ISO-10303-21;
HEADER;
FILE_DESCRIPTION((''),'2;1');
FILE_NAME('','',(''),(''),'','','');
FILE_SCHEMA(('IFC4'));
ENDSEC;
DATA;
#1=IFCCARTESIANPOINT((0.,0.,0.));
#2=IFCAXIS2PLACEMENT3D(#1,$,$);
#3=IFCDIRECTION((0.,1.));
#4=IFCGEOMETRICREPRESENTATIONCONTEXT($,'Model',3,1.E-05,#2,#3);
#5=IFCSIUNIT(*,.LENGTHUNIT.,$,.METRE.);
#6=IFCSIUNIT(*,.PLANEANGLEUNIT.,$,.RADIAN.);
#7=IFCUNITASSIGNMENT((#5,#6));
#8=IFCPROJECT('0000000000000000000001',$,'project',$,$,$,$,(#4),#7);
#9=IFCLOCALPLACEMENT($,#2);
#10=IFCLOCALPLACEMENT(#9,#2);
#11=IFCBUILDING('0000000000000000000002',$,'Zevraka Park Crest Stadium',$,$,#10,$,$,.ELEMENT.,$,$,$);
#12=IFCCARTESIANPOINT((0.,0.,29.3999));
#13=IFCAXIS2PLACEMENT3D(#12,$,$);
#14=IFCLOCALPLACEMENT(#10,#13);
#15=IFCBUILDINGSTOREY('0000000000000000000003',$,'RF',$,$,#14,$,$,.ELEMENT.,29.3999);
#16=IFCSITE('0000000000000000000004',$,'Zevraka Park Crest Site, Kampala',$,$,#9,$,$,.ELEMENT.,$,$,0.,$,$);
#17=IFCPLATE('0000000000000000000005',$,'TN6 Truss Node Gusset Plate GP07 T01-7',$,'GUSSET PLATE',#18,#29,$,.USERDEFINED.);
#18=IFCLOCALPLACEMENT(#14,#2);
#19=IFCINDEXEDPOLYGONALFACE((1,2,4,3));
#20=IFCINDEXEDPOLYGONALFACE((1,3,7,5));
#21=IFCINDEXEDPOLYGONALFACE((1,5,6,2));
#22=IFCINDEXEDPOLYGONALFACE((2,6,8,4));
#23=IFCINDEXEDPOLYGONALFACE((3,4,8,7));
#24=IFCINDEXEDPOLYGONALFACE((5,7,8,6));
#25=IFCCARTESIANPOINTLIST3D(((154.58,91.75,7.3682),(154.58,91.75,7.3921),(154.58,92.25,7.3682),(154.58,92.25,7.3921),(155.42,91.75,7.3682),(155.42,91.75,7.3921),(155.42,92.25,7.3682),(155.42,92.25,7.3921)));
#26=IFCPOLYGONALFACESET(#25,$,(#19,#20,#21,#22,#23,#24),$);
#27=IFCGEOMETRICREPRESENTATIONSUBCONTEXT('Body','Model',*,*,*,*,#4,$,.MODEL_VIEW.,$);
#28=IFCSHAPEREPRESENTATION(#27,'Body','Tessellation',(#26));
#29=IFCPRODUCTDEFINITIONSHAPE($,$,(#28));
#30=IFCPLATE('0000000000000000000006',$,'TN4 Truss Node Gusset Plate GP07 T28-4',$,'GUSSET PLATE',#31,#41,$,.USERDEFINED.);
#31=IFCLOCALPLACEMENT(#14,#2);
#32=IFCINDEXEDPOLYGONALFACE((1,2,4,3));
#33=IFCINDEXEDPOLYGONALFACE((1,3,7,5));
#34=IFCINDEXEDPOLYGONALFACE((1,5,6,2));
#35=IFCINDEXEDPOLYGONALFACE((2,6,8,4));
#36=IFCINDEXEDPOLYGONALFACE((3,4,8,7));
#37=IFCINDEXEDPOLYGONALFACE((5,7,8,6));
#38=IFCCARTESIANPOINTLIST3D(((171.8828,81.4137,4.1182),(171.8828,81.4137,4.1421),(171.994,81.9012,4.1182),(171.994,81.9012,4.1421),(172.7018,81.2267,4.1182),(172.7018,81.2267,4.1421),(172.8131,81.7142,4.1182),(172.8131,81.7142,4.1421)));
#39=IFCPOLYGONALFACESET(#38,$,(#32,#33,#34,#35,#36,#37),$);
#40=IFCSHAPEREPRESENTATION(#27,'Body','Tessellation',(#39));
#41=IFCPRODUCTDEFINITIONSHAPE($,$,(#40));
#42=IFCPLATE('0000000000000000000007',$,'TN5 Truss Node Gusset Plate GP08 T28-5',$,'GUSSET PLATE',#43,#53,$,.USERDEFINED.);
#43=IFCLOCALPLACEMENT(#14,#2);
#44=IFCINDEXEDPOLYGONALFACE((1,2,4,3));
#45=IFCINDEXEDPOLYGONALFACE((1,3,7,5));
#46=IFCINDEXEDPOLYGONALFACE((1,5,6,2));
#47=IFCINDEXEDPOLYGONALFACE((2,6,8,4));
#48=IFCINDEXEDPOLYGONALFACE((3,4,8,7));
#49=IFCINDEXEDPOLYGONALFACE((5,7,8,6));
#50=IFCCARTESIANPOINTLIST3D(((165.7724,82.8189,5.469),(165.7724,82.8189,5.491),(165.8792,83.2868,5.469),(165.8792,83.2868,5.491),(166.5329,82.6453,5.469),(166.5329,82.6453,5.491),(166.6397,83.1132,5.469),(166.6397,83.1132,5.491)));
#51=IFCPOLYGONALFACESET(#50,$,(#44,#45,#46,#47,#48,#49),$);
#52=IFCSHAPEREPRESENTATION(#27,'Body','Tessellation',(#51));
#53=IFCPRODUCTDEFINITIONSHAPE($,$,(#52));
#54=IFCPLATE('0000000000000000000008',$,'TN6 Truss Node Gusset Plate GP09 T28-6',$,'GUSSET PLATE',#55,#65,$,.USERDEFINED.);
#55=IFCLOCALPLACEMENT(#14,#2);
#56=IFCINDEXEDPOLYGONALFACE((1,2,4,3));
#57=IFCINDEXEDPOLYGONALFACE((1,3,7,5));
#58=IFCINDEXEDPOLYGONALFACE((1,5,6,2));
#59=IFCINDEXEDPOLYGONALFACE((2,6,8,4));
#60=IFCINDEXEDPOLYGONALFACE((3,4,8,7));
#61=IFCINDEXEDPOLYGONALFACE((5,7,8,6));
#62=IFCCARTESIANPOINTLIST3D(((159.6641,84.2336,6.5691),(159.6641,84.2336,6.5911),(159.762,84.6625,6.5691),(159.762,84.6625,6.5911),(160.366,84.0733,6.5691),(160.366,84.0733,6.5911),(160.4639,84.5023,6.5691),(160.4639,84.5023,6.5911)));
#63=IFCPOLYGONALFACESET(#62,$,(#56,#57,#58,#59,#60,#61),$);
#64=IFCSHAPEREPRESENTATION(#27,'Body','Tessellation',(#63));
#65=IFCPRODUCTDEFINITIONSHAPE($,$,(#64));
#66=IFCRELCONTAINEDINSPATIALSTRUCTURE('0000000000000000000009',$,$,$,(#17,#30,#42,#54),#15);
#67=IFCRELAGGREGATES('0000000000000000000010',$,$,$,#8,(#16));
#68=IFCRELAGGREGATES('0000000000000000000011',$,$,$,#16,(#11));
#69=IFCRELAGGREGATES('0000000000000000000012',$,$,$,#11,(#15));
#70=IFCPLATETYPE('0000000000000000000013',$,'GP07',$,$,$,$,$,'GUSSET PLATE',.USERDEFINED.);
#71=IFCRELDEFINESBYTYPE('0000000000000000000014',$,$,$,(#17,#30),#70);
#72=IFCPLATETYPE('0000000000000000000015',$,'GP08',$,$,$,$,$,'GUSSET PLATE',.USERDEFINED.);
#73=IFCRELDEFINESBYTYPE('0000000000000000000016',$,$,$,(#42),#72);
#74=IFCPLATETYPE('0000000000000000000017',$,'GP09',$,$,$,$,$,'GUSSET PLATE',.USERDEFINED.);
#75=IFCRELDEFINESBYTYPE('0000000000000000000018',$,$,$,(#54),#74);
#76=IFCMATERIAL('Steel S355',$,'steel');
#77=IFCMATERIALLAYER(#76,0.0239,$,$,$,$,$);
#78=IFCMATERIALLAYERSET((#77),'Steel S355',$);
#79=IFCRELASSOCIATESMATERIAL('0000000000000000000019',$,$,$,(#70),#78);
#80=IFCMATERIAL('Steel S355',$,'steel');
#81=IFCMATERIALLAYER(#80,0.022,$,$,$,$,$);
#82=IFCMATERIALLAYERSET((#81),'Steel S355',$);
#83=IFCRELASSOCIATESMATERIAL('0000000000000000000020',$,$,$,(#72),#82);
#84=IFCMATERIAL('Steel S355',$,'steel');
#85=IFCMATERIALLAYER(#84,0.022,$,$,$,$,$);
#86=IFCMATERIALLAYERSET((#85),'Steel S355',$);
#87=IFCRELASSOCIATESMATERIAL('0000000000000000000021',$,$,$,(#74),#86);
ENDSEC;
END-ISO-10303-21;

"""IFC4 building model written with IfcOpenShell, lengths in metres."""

from ifc_helpers import new_model, si_unit, direction, frame, origin, origin_2d, place, context, subcontext, project, spatial, rectangle, extrude, material, layer, layer_set, type_object, element, save


model = new_model("IFC4")

# Units and contexts
model_context = context("Model", 3, precision=1e-05, world=origin(), true_north=direction((0.0, 1.0)))
body_context = subcontext(model_context, "Body", "Model", "MODEL_VIEW")
ifc_project = project(units=[si_unit("LENGTHUNIT", "METRE"), si_unit("PLANEANGLEUNIT", "RADIAN")], contexts=[model_context])

# Site, building, storey
site_placement = place(None, origin())
site = spatial("IfcSite", under=ifc_project, at=site_placement, Name="Zevraka Park Crest Site, Kampala", CompositionType="ELEMENT", RefElevation=0.0)
building_placement = place(site_placement, origin())
building = spatial("IfcBuilding", under=site, at=building_placement, Name="Zevraka Park Crest Stadium", CompositionType="ELEMENT")
storey_placement = place(building_placement, frame((0.0, 0.0, 29.3999)))
storey = spatial("IfcBuildingStorey", under=building, at=storey_placement, Name="RF", CompositionType="ELEMENT", Elevation=29.3999)

# Plates
ifc_material_1 = material(Name="Steel S355", Category="steel")
ifc_layer_1 = layer(ifc_material_1, 0.0239)
ifc_layer_set_1 = layer_set([ifc_layer_1], Name="Steel S355")
plate_type_1 = type_object("IfcPlateType", Name="GP07", ElementType="GUSSET PLATE", PredefinedType="USERDEFINED", material=ifc_layer_set_1)
for number, where, z_axis, x_axis, name in (
    (1, (155.0, 92.0, 7.3682), (0.0, 0.0, 1.0), (1.0, 0.0, 0.0), "TN6 Truss Node Gusset Plate GP07 T01-7"),
    (2, (172.3479, 81.564, 4.1182), (0.0, 0.0, 1.0), (-0.974917, 0.22257, 0.0), "TN4 Truss Node Gusset Plate GP07 T28-4"),
):
    element("IfcPlate", number, at=place(storey_placement, frame(where, z_axis=z_axis, x_axis=x_axis)), inside=storey, type_object=plate_type_1, Name=name, ObjectType="GUSSET PLATE", PredefinedType="USERDEFINED", context=body_context, shape_type="SweptSolid", body=[
        extrude(rectangle(XDim=0.8401, YDim=0.5, at=origin_2d()), origin(), (0.0, 0.0, 1.0), 0.0239),
    ])
ifc_material_2 = material(Name="Steel S355", Category="steel")
ifc_layer_2 = layer(ifc_material_2, 0.022)
ifc_layer_set_2 = layer_set([ifc_layer_2], Name="Steel S355")
plate_type_2 = type_object("IfcPlateType", Name="GP08", ElementType="GUSSET PLATE", PredefinedType="USERDEFINED", material=ifc_layer_set_2)
plate_1_placement = place(storey_placement, frame((166.2061, 82.9661, 5.469), z_axis=(0.0, 0.0, 1.0), x_axis=(-0.974917, 0.22257, 0.0)))
element("IfcPlate", 3, at=plate_1_placement, inside=storey, type_object=plate_type_2, Name="TN5 Truss Node Gusset Plate GP08 T28-5", ObjectType="GUSSET PLATE", PredefinedType="USERDEFINED", context=body_context, shape_type="SweptSolid", body=[
    extrude(rectangle(XDim=0.78, YDim=0.48, at=origin_2d()), origin(), (0.0, 0.0, 1.0), 0.022),
])
ifc_material_3 = material(Name="Steel S355", Category="steel")
ifc_layer_3 = layer(ifc_material_3, 0.022)
ifc_layer_set_3 = layer_set([ifc_layer_3], Name="Steel S355")
plate_type_3 = type_object("IfcPlateType", Name="GP09", ElementType="GUSSET PLATE", PredefinedType="USERDEFINED", material=ifc_layer_set_3)
plate_2_placement = place(storey_placement, frame((160.064, 84.3679, 6.5691), z_axis=(0.0, 0.0, 1.0), x_axis=(-0.974917, 0.22257, 0.0)))
element("IfcPlate", 4, at=plate_2_placement, inside=storey, type_object=plate_type_3, Name="TN6 Truss Node Gusset Plate GP09 T28-6", ObjectType="GUSSET PLATE", PredefinedType="USERDEFINED", context=body_context, shape_type="SweptSolid", body=[
    extrude(rectangle(XDim=0.72, YDim=0.4399, at=origin_2d()), origin(), (0.0, 0.0, 1.0), 0.022),
])

save(model, "model.ifc")
